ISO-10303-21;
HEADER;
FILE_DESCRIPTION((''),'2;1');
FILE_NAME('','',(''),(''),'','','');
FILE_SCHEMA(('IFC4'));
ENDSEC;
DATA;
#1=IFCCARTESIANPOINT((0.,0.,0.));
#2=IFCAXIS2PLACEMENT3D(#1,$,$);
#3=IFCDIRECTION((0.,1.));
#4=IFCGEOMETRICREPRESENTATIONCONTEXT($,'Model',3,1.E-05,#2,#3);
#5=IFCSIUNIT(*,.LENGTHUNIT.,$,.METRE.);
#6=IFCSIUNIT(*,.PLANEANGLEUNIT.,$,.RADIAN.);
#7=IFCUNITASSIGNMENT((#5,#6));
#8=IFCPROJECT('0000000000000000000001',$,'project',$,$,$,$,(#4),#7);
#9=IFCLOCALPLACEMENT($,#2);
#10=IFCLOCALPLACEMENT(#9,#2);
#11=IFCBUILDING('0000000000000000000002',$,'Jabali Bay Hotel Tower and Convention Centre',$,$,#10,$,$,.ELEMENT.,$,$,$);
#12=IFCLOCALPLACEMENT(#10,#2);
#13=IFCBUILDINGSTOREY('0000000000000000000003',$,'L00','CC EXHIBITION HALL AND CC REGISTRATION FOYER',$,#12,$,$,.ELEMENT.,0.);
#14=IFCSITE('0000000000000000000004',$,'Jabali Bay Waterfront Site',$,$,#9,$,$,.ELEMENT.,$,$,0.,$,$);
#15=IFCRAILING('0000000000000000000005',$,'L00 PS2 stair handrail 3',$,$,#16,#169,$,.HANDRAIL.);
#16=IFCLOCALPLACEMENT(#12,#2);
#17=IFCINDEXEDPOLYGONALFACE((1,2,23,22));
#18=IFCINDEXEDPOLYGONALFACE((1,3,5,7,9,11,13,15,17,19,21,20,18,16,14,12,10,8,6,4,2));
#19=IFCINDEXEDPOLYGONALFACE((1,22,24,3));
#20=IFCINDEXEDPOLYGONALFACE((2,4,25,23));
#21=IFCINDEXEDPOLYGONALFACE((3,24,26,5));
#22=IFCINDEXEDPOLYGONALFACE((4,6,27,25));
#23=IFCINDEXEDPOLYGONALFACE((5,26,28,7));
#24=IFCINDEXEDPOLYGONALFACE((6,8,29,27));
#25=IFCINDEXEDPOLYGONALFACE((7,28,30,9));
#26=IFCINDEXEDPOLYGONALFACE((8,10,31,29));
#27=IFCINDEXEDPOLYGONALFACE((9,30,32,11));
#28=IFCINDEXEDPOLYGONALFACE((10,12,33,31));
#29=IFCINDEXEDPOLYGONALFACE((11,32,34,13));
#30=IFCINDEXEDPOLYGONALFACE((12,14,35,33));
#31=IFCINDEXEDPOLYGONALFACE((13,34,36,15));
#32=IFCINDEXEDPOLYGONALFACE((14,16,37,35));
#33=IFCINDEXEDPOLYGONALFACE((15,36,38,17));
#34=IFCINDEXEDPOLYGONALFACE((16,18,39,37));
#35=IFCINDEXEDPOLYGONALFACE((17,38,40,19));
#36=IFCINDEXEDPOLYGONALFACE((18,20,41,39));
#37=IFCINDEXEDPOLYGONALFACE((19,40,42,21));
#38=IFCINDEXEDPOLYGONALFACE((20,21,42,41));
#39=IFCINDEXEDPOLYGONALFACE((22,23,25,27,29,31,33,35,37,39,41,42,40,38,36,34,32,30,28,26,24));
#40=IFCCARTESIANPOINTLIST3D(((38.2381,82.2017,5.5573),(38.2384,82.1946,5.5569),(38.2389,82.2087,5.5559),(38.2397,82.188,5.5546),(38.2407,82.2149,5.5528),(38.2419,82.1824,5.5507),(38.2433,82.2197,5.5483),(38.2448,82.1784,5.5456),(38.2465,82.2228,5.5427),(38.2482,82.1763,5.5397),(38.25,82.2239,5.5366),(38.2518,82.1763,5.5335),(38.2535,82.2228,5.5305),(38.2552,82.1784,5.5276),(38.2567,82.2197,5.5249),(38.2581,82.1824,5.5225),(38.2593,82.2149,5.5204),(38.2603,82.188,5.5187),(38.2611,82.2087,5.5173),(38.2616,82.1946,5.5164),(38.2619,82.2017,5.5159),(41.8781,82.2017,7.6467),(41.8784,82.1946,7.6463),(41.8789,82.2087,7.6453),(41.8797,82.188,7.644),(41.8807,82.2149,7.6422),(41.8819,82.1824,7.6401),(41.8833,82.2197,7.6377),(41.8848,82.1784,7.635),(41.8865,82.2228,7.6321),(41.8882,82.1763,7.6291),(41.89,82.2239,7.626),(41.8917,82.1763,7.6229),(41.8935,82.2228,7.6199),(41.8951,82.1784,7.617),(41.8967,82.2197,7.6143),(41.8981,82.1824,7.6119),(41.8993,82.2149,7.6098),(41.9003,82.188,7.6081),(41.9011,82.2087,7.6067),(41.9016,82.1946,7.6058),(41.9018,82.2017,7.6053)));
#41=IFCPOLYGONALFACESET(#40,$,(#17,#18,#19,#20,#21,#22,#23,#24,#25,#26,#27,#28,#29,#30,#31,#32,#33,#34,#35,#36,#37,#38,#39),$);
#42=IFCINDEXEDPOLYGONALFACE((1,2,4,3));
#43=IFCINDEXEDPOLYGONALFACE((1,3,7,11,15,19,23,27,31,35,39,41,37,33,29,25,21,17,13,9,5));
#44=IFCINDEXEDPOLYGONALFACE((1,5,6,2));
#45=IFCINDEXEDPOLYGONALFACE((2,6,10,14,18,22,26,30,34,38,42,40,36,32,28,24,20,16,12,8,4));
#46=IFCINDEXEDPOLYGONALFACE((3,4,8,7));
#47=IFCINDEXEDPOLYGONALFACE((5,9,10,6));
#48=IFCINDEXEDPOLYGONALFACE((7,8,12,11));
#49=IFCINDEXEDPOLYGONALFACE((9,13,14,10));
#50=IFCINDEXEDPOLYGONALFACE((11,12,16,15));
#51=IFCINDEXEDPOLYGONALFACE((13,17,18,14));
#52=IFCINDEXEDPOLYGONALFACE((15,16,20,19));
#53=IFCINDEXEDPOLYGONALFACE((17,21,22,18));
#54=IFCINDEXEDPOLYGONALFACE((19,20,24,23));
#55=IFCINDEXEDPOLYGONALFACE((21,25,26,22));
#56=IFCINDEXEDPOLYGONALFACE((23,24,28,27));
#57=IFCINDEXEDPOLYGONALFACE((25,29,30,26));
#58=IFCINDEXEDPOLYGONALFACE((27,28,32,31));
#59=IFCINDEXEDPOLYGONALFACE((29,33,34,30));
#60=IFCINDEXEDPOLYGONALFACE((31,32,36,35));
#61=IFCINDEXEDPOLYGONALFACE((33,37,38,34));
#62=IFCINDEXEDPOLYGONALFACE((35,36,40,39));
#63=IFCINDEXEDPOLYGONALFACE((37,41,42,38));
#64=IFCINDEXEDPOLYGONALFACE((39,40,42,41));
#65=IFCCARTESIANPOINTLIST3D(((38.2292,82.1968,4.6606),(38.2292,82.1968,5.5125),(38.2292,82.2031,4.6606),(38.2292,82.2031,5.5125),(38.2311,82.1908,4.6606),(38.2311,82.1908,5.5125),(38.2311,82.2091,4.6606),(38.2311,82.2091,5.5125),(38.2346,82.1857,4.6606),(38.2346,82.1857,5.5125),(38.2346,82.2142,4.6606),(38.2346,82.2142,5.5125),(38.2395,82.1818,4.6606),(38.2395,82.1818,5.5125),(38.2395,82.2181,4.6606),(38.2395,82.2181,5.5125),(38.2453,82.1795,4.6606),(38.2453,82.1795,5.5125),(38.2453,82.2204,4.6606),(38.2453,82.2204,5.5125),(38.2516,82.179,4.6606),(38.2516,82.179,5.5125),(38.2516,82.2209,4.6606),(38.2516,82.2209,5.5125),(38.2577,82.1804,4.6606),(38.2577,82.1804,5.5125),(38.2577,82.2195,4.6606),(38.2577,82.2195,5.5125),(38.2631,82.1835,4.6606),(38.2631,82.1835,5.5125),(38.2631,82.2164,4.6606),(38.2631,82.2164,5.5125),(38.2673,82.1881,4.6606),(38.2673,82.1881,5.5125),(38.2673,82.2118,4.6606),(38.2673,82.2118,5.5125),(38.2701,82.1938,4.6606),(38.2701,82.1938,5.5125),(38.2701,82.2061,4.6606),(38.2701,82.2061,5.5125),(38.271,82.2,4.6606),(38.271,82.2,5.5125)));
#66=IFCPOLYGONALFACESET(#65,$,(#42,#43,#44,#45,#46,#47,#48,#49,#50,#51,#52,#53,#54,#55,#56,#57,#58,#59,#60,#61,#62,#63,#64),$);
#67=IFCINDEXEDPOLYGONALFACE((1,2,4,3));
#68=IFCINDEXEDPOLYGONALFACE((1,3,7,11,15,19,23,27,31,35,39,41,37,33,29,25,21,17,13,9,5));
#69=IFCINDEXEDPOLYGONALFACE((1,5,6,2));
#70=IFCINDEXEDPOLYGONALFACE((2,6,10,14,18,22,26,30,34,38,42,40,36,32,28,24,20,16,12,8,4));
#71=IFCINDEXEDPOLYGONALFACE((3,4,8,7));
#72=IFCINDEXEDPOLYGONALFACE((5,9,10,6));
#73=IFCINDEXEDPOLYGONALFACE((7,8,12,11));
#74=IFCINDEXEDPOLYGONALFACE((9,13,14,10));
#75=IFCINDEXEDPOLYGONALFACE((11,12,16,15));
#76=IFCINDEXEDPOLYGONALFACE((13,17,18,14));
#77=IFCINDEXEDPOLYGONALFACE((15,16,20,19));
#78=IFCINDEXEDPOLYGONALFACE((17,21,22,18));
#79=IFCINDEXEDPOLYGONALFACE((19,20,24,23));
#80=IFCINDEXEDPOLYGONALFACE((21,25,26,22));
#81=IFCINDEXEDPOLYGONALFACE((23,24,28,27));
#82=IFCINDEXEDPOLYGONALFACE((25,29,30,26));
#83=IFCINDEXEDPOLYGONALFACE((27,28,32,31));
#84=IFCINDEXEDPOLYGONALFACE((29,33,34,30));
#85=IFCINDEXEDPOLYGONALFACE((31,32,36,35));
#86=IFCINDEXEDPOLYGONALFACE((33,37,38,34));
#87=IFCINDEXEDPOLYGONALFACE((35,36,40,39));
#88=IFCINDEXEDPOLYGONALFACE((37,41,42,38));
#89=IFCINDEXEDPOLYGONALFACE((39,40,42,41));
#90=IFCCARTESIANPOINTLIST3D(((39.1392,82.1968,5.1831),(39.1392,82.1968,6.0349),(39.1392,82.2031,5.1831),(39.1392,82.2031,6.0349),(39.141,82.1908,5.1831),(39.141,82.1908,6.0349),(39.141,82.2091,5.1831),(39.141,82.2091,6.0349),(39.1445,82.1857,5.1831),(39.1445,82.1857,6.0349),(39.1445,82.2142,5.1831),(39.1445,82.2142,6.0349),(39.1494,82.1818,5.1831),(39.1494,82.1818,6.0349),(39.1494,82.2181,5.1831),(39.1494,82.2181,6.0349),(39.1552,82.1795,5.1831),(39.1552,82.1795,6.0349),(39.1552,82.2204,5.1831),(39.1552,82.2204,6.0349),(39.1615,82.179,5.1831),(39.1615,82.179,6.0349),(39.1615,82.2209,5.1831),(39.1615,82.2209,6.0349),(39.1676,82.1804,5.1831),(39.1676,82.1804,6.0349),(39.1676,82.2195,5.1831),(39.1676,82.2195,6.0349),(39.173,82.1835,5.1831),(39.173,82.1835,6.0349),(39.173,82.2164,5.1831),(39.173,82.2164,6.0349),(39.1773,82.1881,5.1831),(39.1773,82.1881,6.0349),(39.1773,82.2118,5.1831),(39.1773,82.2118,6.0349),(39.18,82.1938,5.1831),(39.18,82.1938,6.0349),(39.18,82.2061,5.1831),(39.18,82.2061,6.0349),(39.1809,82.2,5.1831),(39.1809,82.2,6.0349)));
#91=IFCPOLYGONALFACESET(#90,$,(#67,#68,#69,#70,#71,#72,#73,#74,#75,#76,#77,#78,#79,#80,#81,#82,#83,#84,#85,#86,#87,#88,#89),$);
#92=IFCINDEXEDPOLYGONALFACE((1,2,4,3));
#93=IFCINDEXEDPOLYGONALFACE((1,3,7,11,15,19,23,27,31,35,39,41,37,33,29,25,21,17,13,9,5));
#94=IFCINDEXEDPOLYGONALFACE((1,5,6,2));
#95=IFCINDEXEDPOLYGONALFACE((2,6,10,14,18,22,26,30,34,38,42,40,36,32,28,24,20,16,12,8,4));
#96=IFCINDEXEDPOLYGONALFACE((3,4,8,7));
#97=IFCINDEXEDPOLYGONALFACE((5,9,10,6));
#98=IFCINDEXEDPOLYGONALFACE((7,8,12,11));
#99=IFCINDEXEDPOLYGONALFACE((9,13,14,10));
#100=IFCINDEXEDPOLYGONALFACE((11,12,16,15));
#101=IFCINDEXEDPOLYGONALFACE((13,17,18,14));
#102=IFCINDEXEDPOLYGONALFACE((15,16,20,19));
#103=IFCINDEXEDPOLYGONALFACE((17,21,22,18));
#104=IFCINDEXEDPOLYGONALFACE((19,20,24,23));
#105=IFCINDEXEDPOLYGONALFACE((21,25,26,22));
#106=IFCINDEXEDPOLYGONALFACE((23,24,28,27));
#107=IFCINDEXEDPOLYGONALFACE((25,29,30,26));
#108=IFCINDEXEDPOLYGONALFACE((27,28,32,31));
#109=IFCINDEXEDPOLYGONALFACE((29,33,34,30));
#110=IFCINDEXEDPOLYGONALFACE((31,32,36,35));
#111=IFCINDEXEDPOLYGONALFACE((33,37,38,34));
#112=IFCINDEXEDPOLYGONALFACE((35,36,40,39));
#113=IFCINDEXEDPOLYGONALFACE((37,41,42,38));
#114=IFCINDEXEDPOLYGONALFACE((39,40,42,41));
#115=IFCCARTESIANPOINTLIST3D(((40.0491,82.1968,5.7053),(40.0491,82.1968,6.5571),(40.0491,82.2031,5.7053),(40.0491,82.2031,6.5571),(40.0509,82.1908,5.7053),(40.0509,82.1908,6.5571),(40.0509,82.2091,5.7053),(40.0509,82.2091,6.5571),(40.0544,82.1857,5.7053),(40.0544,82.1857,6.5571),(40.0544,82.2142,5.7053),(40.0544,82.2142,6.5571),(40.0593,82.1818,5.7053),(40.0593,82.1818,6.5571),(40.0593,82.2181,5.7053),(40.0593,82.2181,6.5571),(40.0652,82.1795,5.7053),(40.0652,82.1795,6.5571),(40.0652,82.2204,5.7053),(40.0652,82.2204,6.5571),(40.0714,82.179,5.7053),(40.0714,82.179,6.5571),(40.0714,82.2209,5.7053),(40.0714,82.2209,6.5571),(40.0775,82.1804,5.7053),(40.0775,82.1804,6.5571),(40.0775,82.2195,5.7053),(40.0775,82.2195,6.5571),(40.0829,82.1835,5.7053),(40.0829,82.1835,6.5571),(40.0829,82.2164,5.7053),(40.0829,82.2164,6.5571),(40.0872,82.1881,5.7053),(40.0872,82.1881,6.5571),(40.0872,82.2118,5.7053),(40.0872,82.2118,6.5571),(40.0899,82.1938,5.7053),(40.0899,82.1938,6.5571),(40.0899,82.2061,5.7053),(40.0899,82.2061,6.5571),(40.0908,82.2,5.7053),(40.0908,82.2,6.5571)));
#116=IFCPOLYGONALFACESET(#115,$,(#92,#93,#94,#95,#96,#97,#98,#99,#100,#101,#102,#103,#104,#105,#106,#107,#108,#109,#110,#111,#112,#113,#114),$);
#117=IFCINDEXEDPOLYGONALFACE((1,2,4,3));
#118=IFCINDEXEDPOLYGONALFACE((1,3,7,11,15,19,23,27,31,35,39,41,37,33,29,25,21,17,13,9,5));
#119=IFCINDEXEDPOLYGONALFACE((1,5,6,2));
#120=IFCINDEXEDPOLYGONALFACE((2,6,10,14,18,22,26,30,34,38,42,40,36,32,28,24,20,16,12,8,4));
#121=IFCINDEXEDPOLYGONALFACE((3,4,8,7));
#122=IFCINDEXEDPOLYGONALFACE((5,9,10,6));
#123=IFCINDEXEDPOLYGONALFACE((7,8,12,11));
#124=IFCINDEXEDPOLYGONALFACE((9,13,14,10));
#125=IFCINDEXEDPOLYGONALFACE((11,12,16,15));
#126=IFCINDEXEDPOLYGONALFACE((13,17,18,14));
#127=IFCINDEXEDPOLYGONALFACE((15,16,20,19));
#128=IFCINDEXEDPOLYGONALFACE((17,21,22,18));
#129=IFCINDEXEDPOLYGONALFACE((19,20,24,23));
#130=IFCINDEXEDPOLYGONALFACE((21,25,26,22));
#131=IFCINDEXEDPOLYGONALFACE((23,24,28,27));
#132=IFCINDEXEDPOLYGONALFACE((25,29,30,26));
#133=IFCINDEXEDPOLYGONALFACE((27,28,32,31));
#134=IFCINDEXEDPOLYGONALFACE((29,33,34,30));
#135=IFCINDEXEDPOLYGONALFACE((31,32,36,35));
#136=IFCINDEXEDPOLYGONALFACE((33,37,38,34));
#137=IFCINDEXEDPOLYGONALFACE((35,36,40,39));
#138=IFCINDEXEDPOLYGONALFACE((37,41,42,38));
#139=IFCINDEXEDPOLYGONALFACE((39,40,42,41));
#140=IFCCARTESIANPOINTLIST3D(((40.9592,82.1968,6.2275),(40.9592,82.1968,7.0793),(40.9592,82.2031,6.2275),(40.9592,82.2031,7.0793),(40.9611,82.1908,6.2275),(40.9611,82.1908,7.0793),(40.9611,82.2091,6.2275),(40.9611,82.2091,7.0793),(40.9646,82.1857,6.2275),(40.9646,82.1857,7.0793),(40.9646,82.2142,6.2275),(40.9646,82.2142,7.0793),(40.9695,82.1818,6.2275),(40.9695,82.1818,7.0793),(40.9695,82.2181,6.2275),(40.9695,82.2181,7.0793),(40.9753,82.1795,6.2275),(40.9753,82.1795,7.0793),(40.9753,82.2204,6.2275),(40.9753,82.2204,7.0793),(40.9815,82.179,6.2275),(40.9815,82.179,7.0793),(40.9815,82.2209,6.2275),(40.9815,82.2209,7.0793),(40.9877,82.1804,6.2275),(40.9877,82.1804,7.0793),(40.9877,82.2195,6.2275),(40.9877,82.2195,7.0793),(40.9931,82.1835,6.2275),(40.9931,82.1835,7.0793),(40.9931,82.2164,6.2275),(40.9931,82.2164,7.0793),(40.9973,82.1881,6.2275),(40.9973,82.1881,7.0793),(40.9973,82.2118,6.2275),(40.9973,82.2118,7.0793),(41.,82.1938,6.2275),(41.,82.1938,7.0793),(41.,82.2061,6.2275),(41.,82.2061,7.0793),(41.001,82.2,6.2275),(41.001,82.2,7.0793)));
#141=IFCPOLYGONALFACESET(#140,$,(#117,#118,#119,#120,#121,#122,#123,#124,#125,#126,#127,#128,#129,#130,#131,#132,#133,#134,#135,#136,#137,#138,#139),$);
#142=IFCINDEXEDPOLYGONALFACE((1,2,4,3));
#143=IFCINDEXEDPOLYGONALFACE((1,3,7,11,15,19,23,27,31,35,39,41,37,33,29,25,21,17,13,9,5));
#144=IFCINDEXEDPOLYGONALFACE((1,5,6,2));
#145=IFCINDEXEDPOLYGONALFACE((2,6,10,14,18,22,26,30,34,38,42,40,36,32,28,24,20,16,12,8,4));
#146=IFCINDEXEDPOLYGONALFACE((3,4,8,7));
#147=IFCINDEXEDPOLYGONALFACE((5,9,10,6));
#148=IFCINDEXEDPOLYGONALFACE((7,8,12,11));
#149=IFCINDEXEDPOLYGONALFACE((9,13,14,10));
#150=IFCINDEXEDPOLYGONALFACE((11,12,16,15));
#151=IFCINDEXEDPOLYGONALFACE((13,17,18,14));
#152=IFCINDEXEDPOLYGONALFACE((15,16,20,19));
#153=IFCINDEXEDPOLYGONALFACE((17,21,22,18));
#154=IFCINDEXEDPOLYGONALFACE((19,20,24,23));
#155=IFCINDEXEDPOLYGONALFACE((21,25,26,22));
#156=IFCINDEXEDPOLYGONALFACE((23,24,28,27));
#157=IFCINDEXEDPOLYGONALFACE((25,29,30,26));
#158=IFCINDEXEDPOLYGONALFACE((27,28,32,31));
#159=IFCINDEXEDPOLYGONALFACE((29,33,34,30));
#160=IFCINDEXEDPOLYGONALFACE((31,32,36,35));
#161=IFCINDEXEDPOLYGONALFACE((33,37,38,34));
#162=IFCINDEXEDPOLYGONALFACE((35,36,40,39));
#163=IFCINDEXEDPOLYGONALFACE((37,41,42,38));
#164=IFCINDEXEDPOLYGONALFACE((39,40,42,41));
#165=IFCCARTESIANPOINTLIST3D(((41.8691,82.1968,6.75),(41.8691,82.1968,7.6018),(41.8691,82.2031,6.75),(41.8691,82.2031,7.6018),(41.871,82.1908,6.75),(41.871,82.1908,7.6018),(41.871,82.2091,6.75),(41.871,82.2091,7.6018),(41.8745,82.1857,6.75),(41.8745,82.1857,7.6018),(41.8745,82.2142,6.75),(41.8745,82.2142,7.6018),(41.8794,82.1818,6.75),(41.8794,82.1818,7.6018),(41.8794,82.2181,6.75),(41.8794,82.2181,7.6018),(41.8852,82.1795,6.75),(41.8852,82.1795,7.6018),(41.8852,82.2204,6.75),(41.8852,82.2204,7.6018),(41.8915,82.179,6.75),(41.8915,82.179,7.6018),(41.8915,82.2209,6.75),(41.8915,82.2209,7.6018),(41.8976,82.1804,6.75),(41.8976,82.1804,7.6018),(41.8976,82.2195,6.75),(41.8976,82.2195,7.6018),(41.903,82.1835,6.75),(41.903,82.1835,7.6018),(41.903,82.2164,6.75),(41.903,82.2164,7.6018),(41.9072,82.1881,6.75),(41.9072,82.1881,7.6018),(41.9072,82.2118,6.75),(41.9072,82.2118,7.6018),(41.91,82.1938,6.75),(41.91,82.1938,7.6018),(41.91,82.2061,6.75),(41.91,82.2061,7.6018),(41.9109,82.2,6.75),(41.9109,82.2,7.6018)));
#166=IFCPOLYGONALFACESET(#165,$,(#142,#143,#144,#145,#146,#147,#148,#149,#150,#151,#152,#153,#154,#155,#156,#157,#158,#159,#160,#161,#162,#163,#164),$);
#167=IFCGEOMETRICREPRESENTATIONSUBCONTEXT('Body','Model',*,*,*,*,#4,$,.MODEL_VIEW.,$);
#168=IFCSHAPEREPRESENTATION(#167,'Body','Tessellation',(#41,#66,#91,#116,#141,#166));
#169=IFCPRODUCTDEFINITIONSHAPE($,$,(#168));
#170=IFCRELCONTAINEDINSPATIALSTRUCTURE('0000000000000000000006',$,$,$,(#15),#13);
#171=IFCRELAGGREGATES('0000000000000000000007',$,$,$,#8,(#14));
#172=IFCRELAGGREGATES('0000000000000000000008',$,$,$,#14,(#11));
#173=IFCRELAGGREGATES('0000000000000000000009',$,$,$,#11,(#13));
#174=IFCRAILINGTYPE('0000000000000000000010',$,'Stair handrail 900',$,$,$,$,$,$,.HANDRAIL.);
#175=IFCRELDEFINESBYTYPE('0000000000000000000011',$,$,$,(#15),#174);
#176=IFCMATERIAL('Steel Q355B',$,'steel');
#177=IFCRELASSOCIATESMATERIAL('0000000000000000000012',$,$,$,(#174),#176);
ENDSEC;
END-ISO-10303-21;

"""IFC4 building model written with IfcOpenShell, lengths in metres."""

from ifc_helpers import new_model, si_unit, direction, frame, origin, origin_2d, place, context, subcontext, project, spatial, circle, extrude, material, type_object, element, save


model = new_model("IFC4")

# Units and contexts
model_context = context("Model", 3, precision=1e-05, world=origin(), true_north=direction((0.0, 1.0)))
body_context = subcontext(model_context, "Body", "Model", "MODEL_VIEW")
ifc_project = project(units=[si_unit("LENGTHUNIT", "METRE"), si_unit("PLANEANGLEUNIT", "RADIAN")], contexts=[model_context])

# Site, building, storey
site_placement = place(None, origin())
site = spatial("IfcSite", under=ifc_project, at=site_placement, Name="Jabali Bay Waterfront Site", CompositionType="ELEMENT", RefElevation=0.0)
building_placement = place(site_placement, origin())
building = spatial("IfcBuilding", under=site, at=building_placement, Name="Jabali Bay Hotel Tower and Convention Centre", CompositionType="ELEMENT")
storey_placement = place(building_placement, origin())
storey = spatial("IfcBuildingStorey", under=building, at=storey_placement, Name="L00", Description="CC EXHIBITION HALL AND CC REGISTRATION FOYER", CompositionType="ELEMENT", Elevation=0.0)

# Railing
ifc_material_1 = material(Name="Steel Q355B", Category="steel")
railing_type_1 = type_object("IfcRailingType", Name="Stair handrail 900", PredefinedType="HANDRAIL", material=ifc_material_1)
railing_1_placement = place(storey_placement, frame((38.25, 82.2, 4.6606)))
element("IfcRailing", 1, at=railing_1_placement, inside=storey, type_object=railing_type_1, Name="L00 PS2 stair handrail 3", PredefinedType="HANDRAIL", context=body_context, shape_type="SweptSolid", body=[
    extrude(circle(Radius=0.0239, at=origin_2d()), frame((0.0, 0.0, 0.876), z_axis=(0.867275, 0.0, 0.497829), x_axis=(0.0, 1.0, 0.0)), (0.0, 0.0, 1.0), 4.197),
    extrude(circle(Radius=0.021, at=origin_2d()), origin(), (0.0, 0.0, 1.0), 0.8518),
    extrude(circle(Radius=0.021, at=origin_2d()), frame((0.9099, 0.0, 0.5225)), (0.0, 0.0, 1.0), 0.8518),
    extrude(circle(Radius=0.021, at=origin_2d()), frame((1.8198, 0.0, 1.0447)), (0.0, 0.0, 1.0), 0.8518),
    extrude(circle(Radius=0.021, at=origin_2d()), frame((2.73, 0.0, 1.5669)), (0.0, 0.0, 1.0), 0.8518),
    extrude(circle(Radius=0.021, at=origin_2d()), frame((3.6399, 0.0, 2.0894)), (0.0, 0.0, 1.0), 0.8518),
])

save(model, "model.ifc")
